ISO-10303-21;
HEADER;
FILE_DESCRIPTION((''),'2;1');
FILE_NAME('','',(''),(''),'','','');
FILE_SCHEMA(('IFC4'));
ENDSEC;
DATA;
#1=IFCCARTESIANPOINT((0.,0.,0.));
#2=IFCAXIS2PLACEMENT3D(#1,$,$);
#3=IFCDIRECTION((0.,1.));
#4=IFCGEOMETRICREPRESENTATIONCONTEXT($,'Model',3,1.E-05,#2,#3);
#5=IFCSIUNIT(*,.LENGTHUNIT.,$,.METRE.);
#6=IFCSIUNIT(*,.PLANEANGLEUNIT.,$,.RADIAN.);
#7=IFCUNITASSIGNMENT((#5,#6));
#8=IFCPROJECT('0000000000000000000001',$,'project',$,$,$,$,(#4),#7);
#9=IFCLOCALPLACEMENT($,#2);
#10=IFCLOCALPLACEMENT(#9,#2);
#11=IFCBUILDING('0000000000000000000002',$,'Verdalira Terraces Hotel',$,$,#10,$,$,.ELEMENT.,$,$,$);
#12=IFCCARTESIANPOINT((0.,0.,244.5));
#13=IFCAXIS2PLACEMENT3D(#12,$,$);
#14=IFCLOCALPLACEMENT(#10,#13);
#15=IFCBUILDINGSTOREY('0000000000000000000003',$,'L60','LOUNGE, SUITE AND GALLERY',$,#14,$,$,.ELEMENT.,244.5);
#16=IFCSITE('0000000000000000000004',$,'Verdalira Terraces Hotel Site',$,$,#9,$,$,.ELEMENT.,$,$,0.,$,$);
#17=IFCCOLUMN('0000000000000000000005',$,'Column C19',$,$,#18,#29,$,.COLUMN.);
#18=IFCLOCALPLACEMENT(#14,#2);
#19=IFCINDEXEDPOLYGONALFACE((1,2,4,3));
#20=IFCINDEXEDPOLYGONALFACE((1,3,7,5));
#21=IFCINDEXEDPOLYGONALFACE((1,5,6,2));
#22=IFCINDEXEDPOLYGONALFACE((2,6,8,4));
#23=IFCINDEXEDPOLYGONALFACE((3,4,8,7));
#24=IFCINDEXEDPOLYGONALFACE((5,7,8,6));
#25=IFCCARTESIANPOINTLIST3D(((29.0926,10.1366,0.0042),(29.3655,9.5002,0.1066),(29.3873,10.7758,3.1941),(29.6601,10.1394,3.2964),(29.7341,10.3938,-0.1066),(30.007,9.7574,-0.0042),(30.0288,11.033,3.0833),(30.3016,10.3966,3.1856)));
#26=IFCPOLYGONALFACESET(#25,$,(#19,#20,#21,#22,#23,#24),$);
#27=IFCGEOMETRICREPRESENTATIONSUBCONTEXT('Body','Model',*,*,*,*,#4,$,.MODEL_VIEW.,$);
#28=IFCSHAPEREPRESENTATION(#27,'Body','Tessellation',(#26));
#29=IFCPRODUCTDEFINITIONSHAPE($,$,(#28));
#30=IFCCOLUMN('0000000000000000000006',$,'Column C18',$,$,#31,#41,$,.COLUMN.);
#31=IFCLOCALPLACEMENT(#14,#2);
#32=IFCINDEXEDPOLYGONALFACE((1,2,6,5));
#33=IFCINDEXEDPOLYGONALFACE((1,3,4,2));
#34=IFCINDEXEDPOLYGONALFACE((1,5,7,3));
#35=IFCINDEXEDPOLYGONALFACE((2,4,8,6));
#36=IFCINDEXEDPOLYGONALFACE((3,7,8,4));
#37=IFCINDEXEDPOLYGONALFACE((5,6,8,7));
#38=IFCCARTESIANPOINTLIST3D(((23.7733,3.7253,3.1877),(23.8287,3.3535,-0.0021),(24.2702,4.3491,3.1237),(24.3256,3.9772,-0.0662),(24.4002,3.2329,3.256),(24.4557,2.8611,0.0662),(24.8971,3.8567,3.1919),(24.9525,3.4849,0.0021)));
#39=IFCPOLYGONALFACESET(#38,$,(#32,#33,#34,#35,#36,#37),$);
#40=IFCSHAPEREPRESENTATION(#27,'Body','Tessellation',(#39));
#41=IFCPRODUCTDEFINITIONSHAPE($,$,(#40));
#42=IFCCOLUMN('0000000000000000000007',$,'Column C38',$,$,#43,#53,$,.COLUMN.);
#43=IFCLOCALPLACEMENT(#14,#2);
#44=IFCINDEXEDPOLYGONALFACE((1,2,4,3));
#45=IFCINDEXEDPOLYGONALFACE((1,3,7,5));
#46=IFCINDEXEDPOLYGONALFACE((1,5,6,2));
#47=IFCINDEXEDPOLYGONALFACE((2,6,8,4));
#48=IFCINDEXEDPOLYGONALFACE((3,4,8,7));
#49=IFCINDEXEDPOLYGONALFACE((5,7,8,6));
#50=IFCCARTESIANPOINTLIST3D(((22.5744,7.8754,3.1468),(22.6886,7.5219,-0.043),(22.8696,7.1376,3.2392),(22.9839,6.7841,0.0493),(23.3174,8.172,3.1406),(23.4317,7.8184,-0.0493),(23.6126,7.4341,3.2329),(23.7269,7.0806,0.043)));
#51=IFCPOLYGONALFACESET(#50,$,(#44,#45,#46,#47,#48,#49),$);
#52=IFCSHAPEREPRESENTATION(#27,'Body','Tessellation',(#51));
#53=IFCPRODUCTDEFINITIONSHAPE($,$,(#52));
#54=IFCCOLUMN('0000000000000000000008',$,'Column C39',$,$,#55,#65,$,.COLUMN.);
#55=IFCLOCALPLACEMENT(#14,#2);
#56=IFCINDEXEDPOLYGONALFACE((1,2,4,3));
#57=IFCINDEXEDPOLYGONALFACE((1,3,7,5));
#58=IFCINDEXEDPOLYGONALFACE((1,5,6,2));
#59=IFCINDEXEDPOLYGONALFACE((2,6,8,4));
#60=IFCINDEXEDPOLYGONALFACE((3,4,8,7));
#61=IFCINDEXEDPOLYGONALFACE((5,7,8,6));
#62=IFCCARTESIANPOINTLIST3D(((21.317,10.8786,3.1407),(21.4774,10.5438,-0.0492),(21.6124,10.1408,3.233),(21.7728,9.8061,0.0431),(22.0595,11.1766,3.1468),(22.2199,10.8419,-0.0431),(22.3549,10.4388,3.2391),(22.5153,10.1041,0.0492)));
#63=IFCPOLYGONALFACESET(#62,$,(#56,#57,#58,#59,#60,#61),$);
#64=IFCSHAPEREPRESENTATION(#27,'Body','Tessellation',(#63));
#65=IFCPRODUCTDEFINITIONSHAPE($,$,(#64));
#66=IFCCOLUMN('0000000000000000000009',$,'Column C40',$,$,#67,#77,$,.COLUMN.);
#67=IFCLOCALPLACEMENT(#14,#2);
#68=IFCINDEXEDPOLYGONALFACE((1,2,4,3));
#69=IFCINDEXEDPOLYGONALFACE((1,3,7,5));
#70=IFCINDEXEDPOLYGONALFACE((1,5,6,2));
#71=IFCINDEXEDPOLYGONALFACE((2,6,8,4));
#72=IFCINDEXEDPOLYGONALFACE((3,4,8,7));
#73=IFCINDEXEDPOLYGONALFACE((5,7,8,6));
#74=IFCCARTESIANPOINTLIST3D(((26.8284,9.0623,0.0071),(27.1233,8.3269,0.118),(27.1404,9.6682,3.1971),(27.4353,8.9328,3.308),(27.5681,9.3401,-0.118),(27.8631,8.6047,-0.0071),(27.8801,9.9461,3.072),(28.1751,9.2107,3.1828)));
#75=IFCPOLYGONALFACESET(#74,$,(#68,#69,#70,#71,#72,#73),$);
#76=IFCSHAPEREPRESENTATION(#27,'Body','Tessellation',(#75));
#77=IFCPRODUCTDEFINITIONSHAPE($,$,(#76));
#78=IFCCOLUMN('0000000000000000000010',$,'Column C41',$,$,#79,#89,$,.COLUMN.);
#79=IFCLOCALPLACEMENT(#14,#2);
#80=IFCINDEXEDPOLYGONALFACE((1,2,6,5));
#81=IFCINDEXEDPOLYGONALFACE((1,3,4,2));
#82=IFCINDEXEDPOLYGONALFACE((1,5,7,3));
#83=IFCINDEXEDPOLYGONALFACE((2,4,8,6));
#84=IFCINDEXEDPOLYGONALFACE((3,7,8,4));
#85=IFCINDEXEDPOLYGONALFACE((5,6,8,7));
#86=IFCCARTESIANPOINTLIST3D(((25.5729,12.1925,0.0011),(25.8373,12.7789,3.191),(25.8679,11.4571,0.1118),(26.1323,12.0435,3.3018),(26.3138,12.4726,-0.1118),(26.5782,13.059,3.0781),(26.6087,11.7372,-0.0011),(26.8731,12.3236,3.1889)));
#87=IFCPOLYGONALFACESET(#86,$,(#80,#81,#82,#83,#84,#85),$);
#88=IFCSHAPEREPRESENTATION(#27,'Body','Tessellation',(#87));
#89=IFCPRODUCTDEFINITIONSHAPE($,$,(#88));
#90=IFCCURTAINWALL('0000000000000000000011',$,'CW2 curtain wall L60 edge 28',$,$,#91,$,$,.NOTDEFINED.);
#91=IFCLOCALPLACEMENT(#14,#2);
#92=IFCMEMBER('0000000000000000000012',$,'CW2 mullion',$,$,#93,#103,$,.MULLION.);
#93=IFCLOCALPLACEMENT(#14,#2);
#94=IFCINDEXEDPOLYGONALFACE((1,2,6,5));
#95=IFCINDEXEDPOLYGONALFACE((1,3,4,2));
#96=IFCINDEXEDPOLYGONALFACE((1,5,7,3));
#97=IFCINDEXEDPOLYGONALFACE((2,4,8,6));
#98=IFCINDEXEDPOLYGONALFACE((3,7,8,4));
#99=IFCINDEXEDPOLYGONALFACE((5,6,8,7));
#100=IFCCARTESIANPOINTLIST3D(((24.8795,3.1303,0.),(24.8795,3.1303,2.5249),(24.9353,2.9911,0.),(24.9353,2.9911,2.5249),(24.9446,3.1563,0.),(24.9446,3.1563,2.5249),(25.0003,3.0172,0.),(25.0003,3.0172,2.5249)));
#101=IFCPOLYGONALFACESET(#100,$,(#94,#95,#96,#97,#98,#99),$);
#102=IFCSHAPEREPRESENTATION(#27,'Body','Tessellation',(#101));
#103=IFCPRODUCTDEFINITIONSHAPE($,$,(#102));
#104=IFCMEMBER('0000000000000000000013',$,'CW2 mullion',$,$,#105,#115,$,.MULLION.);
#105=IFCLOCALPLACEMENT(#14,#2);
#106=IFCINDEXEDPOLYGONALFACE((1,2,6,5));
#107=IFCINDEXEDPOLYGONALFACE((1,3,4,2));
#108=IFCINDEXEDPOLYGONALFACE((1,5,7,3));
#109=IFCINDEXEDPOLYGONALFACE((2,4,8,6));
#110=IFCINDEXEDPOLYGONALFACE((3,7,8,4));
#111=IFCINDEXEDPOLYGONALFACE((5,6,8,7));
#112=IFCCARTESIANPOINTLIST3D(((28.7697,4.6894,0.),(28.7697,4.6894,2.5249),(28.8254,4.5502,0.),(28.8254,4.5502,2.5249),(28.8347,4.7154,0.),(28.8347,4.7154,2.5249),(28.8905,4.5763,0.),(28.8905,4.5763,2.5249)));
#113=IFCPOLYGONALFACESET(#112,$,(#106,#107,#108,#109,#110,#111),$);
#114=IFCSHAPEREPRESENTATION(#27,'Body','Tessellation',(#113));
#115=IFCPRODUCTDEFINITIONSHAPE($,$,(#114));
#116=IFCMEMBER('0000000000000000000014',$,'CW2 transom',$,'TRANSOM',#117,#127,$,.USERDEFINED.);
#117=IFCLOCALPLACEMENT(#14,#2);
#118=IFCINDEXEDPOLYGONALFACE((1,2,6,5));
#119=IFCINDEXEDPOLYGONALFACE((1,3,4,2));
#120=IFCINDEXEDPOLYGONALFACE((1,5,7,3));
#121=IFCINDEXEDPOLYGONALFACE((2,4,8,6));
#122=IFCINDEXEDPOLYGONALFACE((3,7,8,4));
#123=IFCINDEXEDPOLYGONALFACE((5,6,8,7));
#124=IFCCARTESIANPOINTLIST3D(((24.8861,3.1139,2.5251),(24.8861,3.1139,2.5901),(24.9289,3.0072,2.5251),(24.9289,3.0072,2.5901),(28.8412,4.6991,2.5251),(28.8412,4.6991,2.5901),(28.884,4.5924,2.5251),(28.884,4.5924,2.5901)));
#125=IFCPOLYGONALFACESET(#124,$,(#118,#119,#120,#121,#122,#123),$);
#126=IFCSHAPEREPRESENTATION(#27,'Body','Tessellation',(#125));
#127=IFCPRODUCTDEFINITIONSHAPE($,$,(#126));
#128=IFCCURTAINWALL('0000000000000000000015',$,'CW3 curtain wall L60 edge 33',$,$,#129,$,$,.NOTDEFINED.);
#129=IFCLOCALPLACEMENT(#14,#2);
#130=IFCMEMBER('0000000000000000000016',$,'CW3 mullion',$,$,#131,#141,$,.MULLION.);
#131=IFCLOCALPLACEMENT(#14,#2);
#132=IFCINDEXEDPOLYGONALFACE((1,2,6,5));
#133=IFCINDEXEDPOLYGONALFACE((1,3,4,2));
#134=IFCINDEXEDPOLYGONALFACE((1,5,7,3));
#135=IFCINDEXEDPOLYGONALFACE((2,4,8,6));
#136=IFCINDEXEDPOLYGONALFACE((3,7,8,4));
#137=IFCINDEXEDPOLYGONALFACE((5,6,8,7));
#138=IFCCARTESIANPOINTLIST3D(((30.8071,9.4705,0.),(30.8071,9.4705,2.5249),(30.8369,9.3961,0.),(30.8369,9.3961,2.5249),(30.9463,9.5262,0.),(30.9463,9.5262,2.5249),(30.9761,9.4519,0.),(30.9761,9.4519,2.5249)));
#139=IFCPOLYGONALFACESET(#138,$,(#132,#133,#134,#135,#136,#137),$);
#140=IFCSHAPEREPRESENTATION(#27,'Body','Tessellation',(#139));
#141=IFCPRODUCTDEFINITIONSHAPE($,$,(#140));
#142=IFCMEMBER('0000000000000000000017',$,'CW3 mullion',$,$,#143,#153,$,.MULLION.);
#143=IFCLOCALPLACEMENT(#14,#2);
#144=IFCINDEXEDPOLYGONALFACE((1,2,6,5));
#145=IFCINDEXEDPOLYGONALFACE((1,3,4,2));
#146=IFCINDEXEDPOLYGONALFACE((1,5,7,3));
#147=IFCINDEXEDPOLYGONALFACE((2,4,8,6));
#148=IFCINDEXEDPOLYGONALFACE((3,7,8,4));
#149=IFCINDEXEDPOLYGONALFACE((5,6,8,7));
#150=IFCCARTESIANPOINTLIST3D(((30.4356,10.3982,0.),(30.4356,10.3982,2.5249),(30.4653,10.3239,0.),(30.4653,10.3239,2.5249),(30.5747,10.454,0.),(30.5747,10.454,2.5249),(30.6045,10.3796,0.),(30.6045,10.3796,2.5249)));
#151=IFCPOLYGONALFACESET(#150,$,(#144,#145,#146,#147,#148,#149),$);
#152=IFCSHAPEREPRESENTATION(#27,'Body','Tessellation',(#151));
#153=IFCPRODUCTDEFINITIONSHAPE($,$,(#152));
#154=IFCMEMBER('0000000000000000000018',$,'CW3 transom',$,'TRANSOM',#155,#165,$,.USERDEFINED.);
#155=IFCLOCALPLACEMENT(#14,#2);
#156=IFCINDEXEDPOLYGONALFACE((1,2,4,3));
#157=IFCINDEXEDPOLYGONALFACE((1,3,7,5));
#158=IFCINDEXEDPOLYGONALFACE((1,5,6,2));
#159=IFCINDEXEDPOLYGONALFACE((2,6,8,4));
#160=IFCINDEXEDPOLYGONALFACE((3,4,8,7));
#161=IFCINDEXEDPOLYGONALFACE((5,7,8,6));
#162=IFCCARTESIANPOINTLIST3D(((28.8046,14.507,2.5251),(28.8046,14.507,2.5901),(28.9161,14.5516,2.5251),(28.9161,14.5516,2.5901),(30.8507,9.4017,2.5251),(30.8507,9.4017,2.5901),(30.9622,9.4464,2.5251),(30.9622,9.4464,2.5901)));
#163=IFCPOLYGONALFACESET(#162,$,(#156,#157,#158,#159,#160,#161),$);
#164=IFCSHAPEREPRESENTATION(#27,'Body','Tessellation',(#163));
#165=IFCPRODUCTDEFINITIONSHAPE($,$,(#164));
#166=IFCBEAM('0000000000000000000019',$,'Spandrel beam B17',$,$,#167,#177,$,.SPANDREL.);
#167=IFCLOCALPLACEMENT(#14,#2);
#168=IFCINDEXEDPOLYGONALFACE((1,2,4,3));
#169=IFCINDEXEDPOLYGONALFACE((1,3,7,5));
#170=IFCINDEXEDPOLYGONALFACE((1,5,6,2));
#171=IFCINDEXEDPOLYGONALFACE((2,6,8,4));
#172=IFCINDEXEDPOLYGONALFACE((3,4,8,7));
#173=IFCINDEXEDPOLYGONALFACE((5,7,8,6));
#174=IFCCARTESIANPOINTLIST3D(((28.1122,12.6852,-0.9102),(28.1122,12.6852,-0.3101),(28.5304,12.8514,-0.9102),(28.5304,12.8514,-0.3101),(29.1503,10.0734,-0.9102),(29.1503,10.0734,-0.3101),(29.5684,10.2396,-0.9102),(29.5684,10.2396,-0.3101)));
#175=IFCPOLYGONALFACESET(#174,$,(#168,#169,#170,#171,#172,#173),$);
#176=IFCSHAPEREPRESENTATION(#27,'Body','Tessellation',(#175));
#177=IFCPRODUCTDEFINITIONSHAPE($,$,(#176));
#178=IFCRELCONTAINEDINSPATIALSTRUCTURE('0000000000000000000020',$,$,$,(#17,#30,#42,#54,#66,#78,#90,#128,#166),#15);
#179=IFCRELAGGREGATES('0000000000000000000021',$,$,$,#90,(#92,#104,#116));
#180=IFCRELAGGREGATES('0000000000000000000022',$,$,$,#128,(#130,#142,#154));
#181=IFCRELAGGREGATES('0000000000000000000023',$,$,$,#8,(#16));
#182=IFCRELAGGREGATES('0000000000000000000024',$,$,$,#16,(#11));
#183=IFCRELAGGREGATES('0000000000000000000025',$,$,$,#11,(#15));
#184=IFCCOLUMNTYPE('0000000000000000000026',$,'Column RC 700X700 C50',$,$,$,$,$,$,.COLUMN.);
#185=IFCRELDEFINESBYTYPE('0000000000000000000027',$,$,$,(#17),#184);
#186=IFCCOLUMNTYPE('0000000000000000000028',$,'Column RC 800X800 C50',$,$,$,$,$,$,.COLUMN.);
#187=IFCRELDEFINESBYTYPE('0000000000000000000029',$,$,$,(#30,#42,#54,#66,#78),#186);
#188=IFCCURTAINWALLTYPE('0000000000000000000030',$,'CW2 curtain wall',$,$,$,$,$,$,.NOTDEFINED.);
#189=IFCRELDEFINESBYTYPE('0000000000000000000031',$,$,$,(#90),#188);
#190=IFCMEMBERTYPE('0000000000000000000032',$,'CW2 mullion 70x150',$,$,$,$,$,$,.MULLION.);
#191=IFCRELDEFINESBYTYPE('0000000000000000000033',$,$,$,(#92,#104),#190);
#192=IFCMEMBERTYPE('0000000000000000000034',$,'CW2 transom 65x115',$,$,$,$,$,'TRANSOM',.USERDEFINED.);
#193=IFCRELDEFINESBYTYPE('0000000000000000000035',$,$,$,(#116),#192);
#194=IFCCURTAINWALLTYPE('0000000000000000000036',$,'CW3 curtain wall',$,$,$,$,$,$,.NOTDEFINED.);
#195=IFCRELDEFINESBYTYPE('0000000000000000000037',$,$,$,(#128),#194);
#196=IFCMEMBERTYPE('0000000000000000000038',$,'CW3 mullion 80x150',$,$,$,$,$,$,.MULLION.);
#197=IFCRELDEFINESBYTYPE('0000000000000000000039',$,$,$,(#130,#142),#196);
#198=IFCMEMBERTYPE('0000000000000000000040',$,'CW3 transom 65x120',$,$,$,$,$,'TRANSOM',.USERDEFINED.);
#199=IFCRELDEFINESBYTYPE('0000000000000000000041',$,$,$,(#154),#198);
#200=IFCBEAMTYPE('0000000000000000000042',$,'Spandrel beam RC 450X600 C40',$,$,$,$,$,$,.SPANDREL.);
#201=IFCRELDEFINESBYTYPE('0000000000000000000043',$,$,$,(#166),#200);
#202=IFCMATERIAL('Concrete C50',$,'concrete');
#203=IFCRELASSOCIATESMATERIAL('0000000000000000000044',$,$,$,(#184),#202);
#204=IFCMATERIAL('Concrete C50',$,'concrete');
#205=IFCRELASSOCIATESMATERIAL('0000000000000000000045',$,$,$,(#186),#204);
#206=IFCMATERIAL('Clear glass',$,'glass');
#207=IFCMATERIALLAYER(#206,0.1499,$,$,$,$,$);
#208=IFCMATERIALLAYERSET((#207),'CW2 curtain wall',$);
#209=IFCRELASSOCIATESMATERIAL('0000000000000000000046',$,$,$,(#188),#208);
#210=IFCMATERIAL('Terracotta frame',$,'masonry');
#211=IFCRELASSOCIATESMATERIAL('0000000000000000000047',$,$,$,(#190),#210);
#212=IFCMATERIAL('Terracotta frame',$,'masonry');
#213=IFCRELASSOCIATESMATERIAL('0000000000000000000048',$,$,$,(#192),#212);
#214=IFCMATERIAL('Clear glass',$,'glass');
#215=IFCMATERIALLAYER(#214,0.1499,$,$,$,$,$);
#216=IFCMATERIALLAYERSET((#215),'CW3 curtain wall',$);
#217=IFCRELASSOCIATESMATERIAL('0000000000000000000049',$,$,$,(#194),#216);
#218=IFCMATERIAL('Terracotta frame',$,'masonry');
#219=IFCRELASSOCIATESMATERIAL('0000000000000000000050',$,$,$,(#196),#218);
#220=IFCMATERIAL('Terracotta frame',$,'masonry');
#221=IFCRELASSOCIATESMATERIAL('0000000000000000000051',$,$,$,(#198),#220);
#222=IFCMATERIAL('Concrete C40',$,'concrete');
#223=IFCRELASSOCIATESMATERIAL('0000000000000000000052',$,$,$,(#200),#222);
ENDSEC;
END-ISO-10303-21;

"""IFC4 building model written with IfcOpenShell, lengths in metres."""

from ifc_helpers import new_model, si_unit, direction, frame, origin, origin_2d, place, context, subcontext, project, spatial, rectangle, extrude, material, layer, layer_set, material_profile, profile_set, type_object, element, aggregate, save


model = new_model("IFC4")

# Units and contexts
model_context = context("Model", 3, precision=1e-05, world=origin(), true_north=direction((0.0, 1.0)))
body_context = subcontext(model_context, "Body", "Model", "MODEL_VIEW")
ifc_project = project(units=[si_unit("LENGTHUNIT", "METRE"), si_unit("PLANEANGLEUNIT", "RADIAN")], contexts=[model_context])

# Site, building, storey
site_placement = place(None, origin())
site = spatial("IfcSite", under=ifc_project, at=site_placement, Name="Verdalira Terraces Hotel Site", CompositionType="ELEMENT", RefElevation=0.0)
building_placement = place(site_placement, origin())
building = spatial("IfcBuilding", under=site, at=building_placement, Name="Verdalira Terraces Hotel", CompositionType="ELEMENT")
storey_placement = place(building_placement, frame((0.0, 0.0, 244.5)))
storey = spatial("IfcBuildingStorey", under=building, at=storey_placement, Name="L60", Description="LOUNGE, SUITE AND GALLERY", CompositionType="ELEMENT", Elevation=244.5)

# Columns
ifc_material_1 = material(Name="Concrete C50", Category="concrete")
ifc_material_profile_1 = material_profile(ifc_material_1, rectangle(XDim=0.7, YDim=0.7, at=origin_2d()), Name="RC 700X700")
ifc_profile_set_1 = profile_set([ifc_material_profile_1], Name="Concrete C50")
column_type_1 = type_object("IfcColumnType", Name="Column RC 700X700 C50", PredefinedType="COLUMN", material=ifc_profile_set_1)
column_1_placement = place(storey_placement, frame((29.5498, 9.947, 0.0), z_axis=(0.090208, 0.195661, 0.976514), x_axis=(-0.389783, 0.909232, -0.146173)))
element("IfcColumn", 1, at=column_1_placement, inside=storey, type_object=column_type_1, Name="Column C19", PredefinedType="COLUMN", context=body_context, shape_type="SweptSolid", body=[
    extrude(rectangle(XDim=0.7, YDim=0.7, at=origin_2d()), origin(), (0.0, 0.0, 1.0), 3.2666),
])
ifc_material_2 = material(Name="Concrete C50", Category="concrete")
ifc_material_profile_2 = material_profile(ifc_material_2, rectangle(XDim=0.8, YDim=0.8, at=origin_2d()), Name="RC 800X800")
ifc_profile_set_2 = profile_set([ifc_material_profile_2], Name="Concrete C50")
column_type_2 = type_object("IfcColumnType", Name="Column RC 800X800 C50", PredefinedType="COLUMN", material=ifc_profile_set_2)
column_2_placement = place(storey_placement, frame((24.3906, 3.4192, 0.0), z_axis=(-0.017254, 0.115761, 0.993127), x_axis=(-0.621016, -0.779695, 0.080094)))
element("IfcColumn", 2, at=column_2_placement, inside=storey, type_object=column_type_2, Name="Column C18", PredefinedType="COLUMN", context=body_context, shape_type="SweptSolid", body=[
    extrude(rectangle(XDim=0.8, YDim=0.8, at=origin_2d()), origin(), (0.0, 0.0, 1.0), 3.2119),
])
for number, where, z_axis, x_axis, name in (
    (3, (23.2078, 7.3013, 0.0), (-0.035578, 0.110078, 0.993286), (0.928747, 0.370631, -0.007808), "Column C38"),
    (4, (21.9963, 10.324, 0.0), (-0.049946, 0.104226, 0.993299), (0.927994, 0.372519, 0.007574), "Column C39"),
):
    element("IfcColumn", number, at=place(storey_placement, frame(where, z_axis=z_axis, x_axis=x_axis)), inside=storey, type_object=column_type_2, Name=name, PredefinedType="COLUMN", context=body_context, shape_type="SweptSolid", body=[
        extrude(rectangle(XDim=0.8, YDim=0.8, at=origin_2d()), origin(), (0.0, 0.0, 1.0), 3.2114),
    ])
column_3_placement = place(storey_placement, frame((27.3457, 8.8335, 0.0), z_axis=(0.095652, 0.185766, 0.977927), x_axis=(0.92463, 0.347269, -0.156406)))
element("IfcColumn", 5, at=column_3_placement, inside=storey, type_object=column_type_2, Name="Column C40", PredefinedType="COLUMN", context=body_context, shape_type="SweptSolid", body=[
    extrude(rectangle(XDim=0.8, YDim=0.8, at=origin_2d()), origin(), (0.0, 0.0, 1.0), 3.262),
])
column_4_placement = place(storey_placement, frame((26.0908, 11.9648, 0.0), z_axis=(0.081251, 0.180208, 0.980267), x_axis=(0.926018, 0.35011, -0.141118)))
element("IfcColumn", 6, at=column_4_placement, inside=storey, type_object=column_type_2, Name="Column C41", PredefinedType="COLUMN", context=body_context, shape_type="SweptSolid", body=[
    extrude(rectangle(XDim=0.8, YDim=0.8, at=origin_2d()), origin(), (0.0, 0.0, 1.0), 3.2542),
])

# Curtain walls, members
ifc_material_3 = material(Name="Clear glass", Category="glass")
ifc_layer_1 = layer(ifc_material_3, 0.1499)
ifc_layer_set_1 = layer_set([ifc_layer_1], Name="CW2 curtain wall")
curtain_wall_type_1 = type_object("IfcCurtainWallType", Name="CW2 curtain wall", PredefinedType="NOTDEFINED", material=ifc_layer_set_1)
curtain_wall_1_placement = place(storey_placement, origin())
curtain_wall_1 = element("IfcCurtainWall", 7, at=curtain_wall_1_placement, inside=storey, type_object=curtain_wall_type_1, Name="CW2 curtain wall L60 edge 28", PredefinedType="NOTDEFINED")
ifc_material_4 = material(Name="Terracotta frame", Category="masonry")
ifc_material_profile_3 = material_profile(ifc_material_4, rectangle(XDim=0.0701, YDim=0.1499, at=origin_2d()), Name="MU 70x150")
ifc_profile_set_3 = profile_set([ifc_material_profile_3], Name="Terracotta frame")
member_type_1 = type_object("IfcMemberType", Name="CW2 mullion 70x150", PredefinedType="MULLION", material=ifc_profile_set_3)
member_1_placement = place(storey_placement, frame((24.9399, 3.0737, 0.0), z_axis=(0.0, 0.0, 1.0), x_axis=(0.928226, 0.372016, 0.0)))
member_1 = element("IfcMember", 8, at=member_1_placement, type_object=member_type_1, Name="CW2 mullion", PredefinedType="MULLION", context=body_context, shape_type="SweptSolid", body=[
    extrude(rectangle(XDim=0.0701, YDim=0.1499, at=origin_2d()), origin(), (0.0, 0.0, 1.0), 2.5249),
])
member_2_placement = place(storey_placement, frame((28.8301, 4.6328, 0.0), z_axis=(0.0, 0.0, 1.0), x_axis=(0.928226, 0.372016, 0.0)))
member_2 = element("IfcMember", 9, at=member_2_placement, type_object=member_type_1, Name="CW2 mullion", PredefinedType="MULLION", context=body_context, shape_type="SweptSolid", body=[
    extrude(rectangle(XDim=0.0701, YDim=0.1499, at=origin_2d()), origin(), (0.0, 0.0, 1.0), 2.5249),
])
ifc_material_5 = material(Name="Terracotta frame", Category="masonry")
ifc_material_profile_4 = material_profile(ifc_material_5, rectangle(XDim=0.115, YDim=0.0649, at=origin_2d()), Name="TR 65x115")
ifc_profile_set_4 = profile_set([ifc_material_profile_4], Name="Terracotta frame")
member_type_2 = type_object("IfcMemberType", Name="CW2 transom 65x115", ElementType="TRANSOM", PredefinedType="USERDEFINED", material=ifc_profile_set_4)
member_3_placement = place(storey_placement, frame((24.9075, 3.0605, 2.5576), z_axis=(0.92822, 0.372033, 0.0), x_axis=(-0.372033, 0.92822, 0.0)))
member_3 = element("IfcMember", 10, at=member_3_placement, type_object=member_type_2, Name="CW2 transom", ObjectType="TRANSOM", PredefinedType="USERDEFINED", context=body_context, shape_type="SweptSolid", body=[
    extrude(rectangle(XDim=0.115, YDim=0.0649, at=origin_2d()), origin(), (0.0, 0.0, 1.0), 4.261),
])
ifc_material_6 = material(Name="Clear glass", Category="glass")
ifc_layer_2 = layer(ifc_material_6, 0.1499)
ifc_layer_set_2 = layer_set([ifc_layer_2], Name="CW3 curtain wall")
curtain_wall_type_2 = type_object("IfcCurtainWallType", Name="CW3 curtain wall", PredefinedType="NOTDEFINED", material=ifc_layer_set_2)
curtain_wall_2_placement = place(storey_placement, origin())
curtain_wall_2 = element("IfcCurtainWall", 11, at=curtain_wall_2_placement, inside=storey, type_object=curtain_wall_type_2, Name="CW3 curtain wall L60 edge 33", PredefinedType="NOTDEFINED")
ifc_material_7 = material(Name="Terracotta frame", Category="masonry")
ifc_material_profile_5 = material_profile(ifc_material_7, rectangle(XDim=0.0801, YDim=0.1499, at=origin_2d()), Name="MU 80x150")
ifc_profile_set_5 = profile_set([ifc_material_profile_5], Name="Terracotta frame")
member_type_3 = type_object("IfcMemberType", Name="CW3 mullion 80x150", PredefinedType="MULLION", material=ifc_profile_set_5)
member_4_placement = place(storey_placement, frame((30.8916, 9.4612, 0.0), z_axis=(0.0, 0.0, 1.0), x_axis=(-0.372016, 0.928226, 0.0)))
member_4 = element("IfcMember", 12, at=member_4_placement, type_object=member_type_3, Name="CW3 mullion", PredefinedType="MULLION", context=body_context, shape_type="SweptSolid", body=[
    extrude(rectangle(XDim=0.0801, YDim=0.1499, at=origin_2d()), origin(), (0.0, 0.0, 1.0), 2.5249),
])
member_5_placement = place(storey_placement, frame((30.52, 10.3889, 0.0), z_axis=(0.0, 0.0, 1.0), x_axis=(-0.372016, 0.928226, 0.0)))
member_5 = element("IfcMember", 13, at=member_5_placement, type_object=member_type_3, Name="CW3 mullion", PredefinedType="MULLION", context=body_context, shape_type="SweptSolid", body=[
    extrude(rectangle(XDim=0.0801, YDim=0.1499, at=origin_2d()), origin(), (0.0, 0.0, 1.0), 2.5249),
])
ifc_material_8 = material(Name="Terracotta frame", Category="masonry")
ifc_material_profile_6 = material_profile(ifc_material_8, rectangle(XDim=0.1201, YDim=0.0649, at=origin_2d()), Name="TR 65x120")
ifc_profile_set_6 = profile_set([ifc_material_profile_6], Name="Terracotta frame")
member_type_4 = type_object("IfcMemberType", Name="CW3 transom 65x120", ElementType="TRANSOM", PredefinedType="USERDEFINED", material=ifc_profile_set_6)
member_6_placement = place(storey_placement, frame((30.9065, 9.4241, 2.5576), z_axis=(-0.372026, 0.928222, 0.0), x_axis=(-0.928222, -0.372026, 0.0)))
member_6 = element("IfcMember", 14, at=member_6_placement, type_object=member_type_4, Name="CW3 transom", ObjectType="TRANSOM", PredefinedType="USERDEFINED", context=body_context, shape_type="SweptSolid", body=[
    extrude(rectangle(XDim=0.1201, YDim=0.0649, at=origin_2d()), origin(), (0.0, 0.0, 1.0), 5.5),
])

# Beam
ifc_material_9 = material(Name="Concrete C40", Category="concrete")
ifc_material_profile_7 = material_profile(ifc_material_9, rectangle(XDim=0.45, YDim=0.6001, at=origin_2d()), Name="RC 450X600")
ifc_profile_set_7 = profile_set([ifc_material_profile_7], Name="Concrete C40")
beam_type = type_object("IfcBeamType", Name="Spandrel beam RC 450X600 C40", PredefinedType="SPANDREL", material=ifc_profile_set_7)
beam_placement = place(storey_placement, frame((29.3594, 10.1565, -0.6101), z_axis=(-0.369353, 0.929289, 0.0), x_axis=(-0.929289, -0.369353, 0.0)))
element("IfcBeam", 15, at=beam_placement, inside=storey, type_object=beam_type, Name="Spandrel beam B17", PredefinedType="SPANDREL", context=body_context, shape_type="SweptSolid", body=[
    extrude(rectangle(XDim=0.45, YDim=0.6001, at=origin_2d()), origin(), (0.0, 0.0, 1.0), 2.8105),
])

aggregate(curtain_wall_1, [member_1, member_2, member_3])
aggregate(curtain_wall_2, [member_4, member_5, member_6])

save(model, "model.ifc")
